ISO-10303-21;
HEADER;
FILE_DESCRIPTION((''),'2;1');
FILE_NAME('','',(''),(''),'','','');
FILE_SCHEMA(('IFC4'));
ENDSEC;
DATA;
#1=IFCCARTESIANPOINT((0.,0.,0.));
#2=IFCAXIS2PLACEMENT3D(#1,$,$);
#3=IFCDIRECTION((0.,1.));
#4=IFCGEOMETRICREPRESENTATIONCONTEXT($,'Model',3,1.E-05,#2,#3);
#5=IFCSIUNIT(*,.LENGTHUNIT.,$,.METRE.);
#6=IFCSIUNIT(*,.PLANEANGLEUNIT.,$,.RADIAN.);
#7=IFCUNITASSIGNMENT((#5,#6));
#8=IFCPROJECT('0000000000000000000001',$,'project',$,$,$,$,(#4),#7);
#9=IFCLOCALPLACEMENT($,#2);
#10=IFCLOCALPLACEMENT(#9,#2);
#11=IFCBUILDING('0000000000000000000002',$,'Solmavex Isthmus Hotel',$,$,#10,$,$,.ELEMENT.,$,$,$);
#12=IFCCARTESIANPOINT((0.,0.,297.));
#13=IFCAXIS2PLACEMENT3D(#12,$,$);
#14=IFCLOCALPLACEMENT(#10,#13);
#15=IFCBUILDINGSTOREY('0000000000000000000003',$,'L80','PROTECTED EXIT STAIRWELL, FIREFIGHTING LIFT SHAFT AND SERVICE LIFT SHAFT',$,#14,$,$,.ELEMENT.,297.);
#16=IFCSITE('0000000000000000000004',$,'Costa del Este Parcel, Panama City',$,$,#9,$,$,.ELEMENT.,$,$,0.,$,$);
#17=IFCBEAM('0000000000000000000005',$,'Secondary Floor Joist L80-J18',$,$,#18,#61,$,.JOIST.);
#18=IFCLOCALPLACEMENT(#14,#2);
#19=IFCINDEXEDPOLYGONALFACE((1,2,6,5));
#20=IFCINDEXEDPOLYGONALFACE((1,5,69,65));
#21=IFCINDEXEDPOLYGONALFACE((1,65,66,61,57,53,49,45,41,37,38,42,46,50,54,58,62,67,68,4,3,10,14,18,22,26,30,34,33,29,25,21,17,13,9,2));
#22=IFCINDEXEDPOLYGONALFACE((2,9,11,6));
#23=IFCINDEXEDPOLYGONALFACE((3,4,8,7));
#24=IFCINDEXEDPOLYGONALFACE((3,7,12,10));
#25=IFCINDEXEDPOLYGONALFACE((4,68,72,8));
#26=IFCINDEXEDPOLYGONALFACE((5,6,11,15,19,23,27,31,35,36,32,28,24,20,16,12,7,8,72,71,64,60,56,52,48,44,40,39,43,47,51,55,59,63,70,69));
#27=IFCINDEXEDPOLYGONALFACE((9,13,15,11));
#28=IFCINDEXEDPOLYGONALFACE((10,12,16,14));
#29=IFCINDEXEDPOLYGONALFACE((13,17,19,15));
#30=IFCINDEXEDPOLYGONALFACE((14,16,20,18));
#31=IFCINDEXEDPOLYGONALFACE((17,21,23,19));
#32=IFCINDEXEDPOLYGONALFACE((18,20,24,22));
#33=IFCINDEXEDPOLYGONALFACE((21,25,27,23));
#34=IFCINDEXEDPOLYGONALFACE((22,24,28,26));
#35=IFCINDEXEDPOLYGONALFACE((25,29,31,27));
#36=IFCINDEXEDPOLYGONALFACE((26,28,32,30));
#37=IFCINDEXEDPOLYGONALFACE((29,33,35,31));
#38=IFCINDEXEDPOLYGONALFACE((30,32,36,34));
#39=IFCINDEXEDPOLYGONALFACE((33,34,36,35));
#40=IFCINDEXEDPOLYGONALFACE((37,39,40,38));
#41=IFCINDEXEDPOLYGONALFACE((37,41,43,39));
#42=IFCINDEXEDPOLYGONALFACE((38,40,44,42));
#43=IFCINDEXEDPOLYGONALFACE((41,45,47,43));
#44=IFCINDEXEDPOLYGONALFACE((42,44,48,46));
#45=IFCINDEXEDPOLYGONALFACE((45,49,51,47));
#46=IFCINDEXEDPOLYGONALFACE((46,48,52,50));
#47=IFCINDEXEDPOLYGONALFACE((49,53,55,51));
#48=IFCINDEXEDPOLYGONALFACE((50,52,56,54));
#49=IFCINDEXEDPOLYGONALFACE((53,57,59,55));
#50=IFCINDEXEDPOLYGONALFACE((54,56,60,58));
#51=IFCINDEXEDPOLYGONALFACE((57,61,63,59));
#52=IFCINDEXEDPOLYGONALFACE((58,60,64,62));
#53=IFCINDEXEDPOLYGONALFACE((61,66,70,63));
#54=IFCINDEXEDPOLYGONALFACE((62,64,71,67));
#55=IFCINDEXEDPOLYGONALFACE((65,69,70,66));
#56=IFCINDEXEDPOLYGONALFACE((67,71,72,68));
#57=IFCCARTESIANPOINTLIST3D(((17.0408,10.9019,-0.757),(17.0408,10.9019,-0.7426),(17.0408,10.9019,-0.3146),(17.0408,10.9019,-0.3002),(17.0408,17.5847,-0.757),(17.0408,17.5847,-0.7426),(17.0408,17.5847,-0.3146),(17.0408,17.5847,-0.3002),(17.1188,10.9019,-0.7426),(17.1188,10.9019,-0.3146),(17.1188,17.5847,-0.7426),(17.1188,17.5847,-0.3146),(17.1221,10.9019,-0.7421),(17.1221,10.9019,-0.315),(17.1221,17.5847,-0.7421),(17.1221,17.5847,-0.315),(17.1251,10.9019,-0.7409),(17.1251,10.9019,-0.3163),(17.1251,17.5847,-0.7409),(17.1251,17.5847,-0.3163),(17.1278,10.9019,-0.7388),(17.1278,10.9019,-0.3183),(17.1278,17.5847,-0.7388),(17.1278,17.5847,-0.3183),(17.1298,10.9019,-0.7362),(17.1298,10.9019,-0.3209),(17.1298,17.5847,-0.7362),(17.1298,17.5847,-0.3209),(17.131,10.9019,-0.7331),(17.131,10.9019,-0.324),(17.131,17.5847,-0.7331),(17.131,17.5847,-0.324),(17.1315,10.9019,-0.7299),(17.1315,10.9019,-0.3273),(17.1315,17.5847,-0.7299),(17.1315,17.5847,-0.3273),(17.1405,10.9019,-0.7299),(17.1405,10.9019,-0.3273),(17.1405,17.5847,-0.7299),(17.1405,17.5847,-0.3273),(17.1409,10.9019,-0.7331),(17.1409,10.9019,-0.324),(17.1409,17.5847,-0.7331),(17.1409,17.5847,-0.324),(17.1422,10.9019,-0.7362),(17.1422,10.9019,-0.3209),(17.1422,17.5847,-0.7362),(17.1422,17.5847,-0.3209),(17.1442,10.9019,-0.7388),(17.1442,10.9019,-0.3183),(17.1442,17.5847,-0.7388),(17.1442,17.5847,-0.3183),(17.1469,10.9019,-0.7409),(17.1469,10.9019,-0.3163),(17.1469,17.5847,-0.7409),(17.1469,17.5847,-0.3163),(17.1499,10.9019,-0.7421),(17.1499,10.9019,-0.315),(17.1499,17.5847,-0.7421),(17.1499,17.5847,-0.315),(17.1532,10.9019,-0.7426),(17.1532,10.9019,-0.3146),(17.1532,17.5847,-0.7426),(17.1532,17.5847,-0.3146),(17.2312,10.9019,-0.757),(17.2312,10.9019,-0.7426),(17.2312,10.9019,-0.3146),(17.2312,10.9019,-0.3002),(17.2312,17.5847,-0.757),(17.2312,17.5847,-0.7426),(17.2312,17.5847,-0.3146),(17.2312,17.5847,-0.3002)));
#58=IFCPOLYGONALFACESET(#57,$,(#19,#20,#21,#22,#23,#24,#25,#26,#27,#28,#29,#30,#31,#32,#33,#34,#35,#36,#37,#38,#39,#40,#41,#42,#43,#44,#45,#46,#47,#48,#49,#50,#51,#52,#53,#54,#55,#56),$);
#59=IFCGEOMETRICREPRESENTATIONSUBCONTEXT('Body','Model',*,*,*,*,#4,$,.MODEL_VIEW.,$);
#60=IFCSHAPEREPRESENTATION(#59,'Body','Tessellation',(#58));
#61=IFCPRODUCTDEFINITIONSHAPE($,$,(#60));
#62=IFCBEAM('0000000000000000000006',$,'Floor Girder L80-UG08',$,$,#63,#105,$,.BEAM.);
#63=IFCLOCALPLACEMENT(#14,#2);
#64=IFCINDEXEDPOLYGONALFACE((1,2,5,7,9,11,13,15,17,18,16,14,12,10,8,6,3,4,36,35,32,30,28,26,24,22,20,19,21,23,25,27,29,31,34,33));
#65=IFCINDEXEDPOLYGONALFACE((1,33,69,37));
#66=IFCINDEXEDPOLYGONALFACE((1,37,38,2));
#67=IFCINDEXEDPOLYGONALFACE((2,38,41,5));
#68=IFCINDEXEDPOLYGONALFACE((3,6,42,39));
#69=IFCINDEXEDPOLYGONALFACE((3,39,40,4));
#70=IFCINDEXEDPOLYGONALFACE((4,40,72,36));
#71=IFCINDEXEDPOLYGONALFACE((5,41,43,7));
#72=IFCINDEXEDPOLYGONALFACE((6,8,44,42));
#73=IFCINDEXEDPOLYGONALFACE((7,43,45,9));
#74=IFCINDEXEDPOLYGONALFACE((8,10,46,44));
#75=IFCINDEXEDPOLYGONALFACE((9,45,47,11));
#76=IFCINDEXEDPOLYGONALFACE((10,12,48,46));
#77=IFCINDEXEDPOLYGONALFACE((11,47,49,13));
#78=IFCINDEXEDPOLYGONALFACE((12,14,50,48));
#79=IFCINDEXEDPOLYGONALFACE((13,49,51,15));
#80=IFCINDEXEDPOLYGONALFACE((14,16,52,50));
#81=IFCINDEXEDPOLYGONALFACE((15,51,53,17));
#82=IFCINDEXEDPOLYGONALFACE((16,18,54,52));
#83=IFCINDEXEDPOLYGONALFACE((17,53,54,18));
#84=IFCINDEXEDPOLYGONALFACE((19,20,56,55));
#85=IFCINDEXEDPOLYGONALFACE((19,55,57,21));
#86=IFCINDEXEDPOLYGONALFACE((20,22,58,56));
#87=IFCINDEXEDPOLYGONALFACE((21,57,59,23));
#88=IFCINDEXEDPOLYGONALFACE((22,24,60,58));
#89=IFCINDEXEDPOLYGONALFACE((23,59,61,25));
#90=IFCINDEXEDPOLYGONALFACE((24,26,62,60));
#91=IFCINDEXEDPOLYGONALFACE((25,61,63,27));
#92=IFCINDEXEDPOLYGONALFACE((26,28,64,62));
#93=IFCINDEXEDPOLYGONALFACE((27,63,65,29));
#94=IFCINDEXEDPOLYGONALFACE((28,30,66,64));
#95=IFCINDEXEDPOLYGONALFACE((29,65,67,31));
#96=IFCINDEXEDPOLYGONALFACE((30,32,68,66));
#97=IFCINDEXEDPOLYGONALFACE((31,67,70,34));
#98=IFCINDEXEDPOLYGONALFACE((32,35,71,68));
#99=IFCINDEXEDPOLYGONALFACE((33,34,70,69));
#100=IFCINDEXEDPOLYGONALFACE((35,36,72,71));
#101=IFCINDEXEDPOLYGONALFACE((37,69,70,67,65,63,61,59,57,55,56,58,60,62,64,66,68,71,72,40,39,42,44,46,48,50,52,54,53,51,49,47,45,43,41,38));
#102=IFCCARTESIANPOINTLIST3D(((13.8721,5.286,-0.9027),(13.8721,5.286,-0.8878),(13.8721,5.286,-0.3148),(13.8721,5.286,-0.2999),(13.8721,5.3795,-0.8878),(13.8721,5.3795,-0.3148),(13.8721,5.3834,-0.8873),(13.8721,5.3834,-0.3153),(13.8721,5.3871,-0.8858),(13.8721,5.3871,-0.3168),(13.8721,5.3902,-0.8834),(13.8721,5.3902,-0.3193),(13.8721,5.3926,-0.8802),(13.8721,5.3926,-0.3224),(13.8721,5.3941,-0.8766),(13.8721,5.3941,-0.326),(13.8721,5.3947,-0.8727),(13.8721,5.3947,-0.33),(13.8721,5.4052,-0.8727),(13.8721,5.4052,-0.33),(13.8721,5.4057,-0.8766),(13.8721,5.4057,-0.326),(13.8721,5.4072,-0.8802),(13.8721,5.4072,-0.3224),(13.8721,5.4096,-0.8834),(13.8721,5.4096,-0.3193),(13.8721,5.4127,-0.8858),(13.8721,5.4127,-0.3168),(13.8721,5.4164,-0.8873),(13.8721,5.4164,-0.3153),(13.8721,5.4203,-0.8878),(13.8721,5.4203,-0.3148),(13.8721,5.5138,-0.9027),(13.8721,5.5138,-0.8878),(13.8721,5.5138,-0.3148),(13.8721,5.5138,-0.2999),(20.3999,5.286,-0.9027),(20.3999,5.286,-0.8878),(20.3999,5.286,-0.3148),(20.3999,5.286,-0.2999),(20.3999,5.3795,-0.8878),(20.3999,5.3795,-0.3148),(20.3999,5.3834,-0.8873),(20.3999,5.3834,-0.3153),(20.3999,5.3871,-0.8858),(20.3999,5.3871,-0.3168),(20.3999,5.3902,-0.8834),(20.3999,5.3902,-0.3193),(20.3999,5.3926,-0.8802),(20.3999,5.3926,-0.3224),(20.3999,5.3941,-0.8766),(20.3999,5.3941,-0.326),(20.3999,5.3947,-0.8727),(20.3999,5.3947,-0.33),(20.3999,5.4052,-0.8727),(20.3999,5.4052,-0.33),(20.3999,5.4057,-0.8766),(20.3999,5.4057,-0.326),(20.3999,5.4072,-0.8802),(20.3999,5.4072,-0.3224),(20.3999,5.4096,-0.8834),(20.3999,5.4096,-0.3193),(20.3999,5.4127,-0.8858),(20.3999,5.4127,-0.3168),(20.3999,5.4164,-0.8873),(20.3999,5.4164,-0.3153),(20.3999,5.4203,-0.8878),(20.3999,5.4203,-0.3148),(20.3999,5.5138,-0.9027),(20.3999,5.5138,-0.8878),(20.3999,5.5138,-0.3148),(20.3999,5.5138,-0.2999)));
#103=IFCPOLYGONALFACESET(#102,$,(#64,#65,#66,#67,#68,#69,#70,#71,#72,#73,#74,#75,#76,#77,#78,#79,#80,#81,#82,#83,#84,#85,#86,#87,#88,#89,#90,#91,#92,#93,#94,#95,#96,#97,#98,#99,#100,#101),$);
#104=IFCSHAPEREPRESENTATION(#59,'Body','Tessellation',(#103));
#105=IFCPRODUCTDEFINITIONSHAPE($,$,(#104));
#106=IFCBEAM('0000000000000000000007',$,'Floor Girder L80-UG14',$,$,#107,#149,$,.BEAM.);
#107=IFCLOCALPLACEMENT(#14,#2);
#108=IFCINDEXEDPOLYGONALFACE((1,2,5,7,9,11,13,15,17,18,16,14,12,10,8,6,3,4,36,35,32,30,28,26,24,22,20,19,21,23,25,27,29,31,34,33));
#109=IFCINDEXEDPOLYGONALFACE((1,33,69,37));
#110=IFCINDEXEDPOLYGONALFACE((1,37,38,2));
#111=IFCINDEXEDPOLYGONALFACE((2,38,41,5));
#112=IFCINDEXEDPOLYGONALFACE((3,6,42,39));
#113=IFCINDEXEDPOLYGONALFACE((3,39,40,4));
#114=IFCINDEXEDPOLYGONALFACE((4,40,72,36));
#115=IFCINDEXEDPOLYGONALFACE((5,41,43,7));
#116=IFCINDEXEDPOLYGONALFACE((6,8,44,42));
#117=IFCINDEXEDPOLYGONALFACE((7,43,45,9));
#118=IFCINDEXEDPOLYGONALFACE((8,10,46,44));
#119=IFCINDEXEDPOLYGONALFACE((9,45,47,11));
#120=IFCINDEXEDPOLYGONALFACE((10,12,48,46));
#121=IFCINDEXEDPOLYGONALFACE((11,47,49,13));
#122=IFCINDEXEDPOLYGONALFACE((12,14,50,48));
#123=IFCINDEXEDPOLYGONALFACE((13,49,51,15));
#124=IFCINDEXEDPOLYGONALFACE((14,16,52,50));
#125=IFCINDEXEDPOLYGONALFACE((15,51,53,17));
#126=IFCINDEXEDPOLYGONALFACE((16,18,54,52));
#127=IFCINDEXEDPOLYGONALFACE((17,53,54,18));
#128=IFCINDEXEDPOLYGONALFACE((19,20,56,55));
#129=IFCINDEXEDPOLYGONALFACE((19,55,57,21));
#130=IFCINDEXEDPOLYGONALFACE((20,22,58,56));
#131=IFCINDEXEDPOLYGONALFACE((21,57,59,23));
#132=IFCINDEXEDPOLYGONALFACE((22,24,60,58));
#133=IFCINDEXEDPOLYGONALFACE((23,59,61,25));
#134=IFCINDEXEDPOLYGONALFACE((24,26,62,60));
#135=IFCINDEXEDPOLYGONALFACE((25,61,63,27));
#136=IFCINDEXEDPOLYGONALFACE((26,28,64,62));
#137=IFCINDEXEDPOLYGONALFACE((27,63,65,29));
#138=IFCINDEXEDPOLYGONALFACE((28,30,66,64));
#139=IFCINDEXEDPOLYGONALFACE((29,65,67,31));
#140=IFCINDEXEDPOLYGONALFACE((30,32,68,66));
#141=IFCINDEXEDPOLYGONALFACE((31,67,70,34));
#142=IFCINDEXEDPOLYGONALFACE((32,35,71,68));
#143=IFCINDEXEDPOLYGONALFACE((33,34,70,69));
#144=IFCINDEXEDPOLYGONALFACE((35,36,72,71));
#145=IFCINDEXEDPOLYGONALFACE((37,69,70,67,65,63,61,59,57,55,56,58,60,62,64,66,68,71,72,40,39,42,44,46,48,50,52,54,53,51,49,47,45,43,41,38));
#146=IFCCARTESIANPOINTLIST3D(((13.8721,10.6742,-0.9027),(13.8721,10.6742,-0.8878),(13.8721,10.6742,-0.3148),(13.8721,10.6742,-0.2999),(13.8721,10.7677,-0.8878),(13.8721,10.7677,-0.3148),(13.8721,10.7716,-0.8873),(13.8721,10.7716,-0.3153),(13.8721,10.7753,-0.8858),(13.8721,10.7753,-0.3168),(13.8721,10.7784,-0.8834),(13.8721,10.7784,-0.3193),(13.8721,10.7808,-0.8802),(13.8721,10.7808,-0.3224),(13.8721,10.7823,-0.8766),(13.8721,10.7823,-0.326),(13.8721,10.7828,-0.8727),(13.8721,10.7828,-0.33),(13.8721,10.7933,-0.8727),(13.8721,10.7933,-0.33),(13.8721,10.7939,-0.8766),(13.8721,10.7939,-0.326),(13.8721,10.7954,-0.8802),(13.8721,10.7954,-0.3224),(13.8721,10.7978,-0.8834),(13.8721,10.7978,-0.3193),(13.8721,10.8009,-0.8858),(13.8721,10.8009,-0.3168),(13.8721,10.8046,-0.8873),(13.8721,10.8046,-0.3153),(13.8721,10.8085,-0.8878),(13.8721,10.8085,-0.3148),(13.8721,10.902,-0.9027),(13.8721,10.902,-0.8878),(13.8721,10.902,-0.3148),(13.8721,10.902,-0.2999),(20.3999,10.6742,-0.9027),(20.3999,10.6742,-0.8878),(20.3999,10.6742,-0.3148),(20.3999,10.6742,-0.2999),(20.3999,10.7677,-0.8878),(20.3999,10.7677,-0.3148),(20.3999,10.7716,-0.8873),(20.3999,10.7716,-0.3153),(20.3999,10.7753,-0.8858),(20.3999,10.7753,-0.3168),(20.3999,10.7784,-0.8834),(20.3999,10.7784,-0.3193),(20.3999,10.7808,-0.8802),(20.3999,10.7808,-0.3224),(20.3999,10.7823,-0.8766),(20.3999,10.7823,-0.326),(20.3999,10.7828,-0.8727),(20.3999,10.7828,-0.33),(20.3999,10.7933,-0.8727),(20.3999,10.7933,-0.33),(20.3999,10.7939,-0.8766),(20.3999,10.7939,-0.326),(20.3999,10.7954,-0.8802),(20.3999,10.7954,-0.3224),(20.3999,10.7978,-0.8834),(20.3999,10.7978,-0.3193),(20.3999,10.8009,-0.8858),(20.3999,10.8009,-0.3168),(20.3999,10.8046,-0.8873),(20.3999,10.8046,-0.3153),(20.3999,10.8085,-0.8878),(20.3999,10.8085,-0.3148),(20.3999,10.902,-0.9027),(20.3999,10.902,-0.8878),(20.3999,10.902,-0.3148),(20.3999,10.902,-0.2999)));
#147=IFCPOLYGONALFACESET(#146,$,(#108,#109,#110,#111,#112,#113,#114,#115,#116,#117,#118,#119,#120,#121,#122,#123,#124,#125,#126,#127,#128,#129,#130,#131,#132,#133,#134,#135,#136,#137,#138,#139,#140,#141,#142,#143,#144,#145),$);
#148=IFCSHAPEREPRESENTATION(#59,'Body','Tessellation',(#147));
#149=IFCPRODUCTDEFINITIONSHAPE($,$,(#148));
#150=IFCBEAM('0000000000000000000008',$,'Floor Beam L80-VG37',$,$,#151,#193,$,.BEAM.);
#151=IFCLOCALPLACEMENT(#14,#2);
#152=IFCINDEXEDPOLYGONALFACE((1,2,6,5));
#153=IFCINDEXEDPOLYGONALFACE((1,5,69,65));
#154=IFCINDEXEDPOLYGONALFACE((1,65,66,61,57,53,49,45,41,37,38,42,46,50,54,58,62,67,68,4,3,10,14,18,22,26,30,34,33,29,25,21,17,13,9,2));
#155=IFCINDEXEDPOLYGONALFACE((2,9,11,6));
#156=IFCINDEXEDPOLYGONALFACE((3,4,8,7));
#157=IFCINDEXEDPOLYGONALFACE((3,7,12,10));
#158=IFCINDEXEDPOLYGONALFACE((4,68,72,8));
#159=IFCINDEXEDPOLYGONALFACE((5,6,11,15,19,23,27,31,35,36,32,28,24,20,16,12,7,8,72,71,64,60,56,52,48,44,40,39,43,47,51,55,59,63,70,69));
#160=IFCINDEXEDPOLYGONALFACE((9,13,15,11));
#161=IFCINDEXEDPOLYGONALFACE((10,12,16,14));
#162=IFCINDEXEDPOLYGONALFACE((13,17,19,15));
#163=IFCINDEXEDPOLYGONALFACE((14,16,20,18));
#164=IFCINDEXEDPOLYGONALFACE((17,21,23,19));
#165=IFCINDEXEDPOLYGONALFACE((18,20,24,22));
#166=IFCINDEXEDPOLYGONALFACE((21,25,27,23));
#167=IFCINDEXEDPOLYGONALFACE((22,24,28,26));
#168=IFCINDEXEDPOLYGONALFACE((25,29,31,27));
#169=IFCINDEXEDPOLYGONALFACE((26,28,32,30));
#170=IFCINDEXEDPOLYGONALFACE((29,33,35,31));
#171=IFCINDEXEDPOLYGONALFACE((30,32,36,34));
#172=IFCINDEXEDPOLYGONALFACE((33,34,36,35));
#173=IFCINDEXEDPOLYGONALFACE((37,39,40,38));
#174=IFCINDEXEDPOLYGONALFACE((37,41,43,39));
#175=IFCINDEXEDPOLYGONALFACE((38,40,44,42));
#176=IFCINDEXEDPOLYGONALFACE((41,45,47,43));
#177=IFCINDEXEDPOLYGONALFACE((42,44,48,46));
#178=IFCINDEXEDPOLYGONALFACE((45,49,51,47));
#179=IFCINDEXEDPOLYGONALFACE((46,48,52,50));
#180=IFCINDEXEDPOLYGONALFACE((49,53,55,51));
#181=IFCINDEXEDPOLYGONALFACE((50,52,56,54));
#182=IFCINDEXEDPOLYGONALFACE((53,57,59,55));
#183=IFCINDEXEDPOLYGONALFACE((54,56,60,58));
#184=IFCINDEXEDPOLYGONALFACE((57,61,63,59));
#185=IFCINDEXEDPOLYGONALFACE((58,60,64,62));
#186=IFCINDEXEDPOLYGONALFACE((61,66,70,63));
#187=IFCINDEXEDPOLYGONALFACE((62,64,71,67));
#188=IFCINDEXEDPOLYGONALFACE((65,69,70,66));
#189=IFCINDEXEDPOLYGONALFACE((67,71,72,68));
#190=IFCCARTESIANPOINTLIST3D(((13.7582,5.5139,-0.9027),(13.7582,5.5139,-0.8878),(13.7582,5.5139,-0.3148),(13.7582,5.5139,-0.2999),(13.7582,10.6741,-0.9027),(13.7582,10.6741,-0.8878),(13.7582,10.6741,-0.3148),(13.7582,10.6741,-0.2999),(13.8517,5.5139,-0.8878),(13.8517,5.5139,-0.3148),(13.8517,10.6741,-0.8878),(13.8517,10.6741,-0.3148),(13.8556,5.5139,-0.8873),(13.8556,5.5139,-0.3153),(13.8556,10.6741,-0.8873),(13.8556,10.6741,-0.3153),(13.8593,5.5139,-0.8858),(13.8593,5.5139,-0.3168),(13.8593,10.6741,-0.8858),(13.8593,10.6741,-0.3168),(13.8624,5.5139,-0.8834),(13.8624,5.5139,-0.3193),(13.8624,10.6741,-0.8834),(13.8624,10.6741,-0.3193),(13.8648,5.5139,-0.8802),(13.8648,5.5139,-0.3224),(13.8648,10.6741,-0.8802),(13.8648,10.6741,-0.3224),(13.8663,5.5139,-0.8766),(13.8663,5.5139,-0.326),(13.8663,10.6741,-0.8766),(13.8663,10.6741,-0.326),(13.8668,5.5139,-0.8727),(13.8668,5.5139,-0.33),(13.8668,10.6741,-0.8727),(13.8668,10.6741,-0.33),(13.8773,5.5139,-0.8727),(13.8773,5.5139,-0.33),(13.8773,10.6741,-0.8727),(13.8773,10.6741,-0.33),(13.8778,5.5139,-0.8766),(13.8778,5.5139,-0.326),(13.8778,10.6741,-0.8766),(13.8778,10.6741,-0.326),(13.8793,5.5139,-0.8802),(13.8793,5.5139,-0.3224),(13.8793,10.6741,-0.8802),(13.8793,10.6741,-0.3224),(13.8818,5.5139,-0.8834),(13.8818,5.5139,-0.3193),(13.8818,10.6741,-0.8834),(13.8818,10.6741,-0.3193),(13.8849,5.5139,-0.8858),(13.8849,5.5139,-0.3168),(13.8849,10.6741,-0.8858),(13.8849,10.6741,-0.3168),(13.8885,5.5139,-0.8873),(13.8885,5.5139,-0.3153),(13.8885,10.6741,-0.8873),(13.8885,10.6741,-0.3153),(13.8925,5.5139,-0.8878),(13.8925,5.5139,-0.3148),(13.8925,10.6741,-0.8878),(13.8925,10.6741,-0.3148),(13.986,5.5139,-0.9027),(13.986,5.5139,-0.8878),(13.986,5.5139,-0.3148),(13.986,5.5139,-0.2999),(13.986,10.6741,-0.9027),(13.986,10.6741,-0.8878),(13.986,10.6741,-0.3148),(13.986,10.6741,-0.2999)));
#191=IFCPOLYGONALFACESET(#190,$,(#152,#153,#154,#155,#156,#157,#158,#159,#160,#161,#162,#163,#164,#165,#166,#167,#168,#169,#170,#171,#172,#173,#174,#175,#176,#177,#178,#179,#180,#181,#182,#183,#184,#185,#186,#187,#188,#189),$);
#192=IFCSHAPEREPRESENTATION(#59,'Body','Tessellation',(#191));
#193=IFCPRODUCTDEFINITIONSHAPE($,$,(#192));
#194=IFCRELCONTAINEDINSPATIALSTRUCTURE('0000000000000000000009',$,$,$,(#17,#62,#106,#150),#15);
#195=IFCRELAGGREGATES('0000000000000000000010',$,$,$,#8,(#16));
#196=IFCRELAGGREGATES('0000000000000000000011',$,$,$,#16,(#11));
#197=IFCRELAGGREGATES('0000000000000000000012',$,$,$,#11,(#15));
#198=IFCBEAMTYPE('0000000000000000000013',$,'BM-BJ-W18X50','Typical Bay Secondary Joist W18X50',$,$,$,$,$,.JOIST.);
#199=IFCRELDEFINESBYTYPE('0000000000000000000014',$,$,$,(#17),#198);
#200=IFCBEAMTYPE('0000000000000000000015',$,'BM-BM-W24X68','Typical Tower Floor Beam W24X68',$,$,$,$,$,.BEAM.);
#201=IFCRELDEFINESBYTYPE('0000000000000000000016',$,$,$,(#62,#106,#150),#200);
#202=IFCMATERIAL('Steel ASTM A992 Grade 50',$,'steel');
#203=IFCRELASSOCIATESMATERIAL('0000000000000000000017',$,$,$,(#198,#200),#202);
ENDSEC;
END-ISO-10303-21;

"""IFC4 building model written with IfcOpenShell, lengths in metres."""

from ifc_helpers import new_model, si_unit, direction, frame, origin, origin_2d, place, context, subcontext, project, spatial, i_section, extrude, material, material_profile, profile_set, type_object, element, save


model = new_model("IFC4")

# Units and contexts
model_context = context("Model", 3, precision=1e-05, world=origin(), true_north=direction((0.0, 1.0)))
body_context = subcontext(model_context, "Body", "Model", "MODEL_VIEW")
ifc_project = project(units=[si_unit("LENGTHUNIT", "METRE"), si_unit("PLANEANGLEUNIT", "RADIAN")], contexts=[model_context])

# Site, building, storey
site_placement = place(None, origin())
site = spatial("IfcSite", under=ifc_project, at=site_placement, Name="Costa del Este Parcel, Panama City", CompositionType="ELEMENT", RefElevation=0.0)
building_placement = place(site_placement, origin())
building = spatial("IfcBuilding", under=site, at=building_placement, Name="Solmavex Isthmus Hotel", CompositionType="ELEMENT")
storey_placement = place(building_placement, frame((0.0, 0.0, 297.0)))
storey = spatial("IfcBuildingStorey", under=building, at=storey_placement, Name="L80", Description="PROTECTED EXIT STAIRWELL, FIREFIGHTING LIFT SHAFT AND SERVICE LIFT SHAFT", CompositionType="ELEMENT", Elevation=297.0)

# Beams
ifc_material_1 = material(Name="Steel ASTM A992 Grade 50", Category="steel")
ifc_material_profile_1 = material_profile(ifc_material_1, i_section(OverallWidth=0.1904, OverallDepth=0.4568, WebThickness=0.009, FlangeThickness=0.0144, FilletRadius=0.0127, at=origin_2d()), Name="W18X50")
ifc_profile_set_1 = profile_set([ifc_material_profile_1], Name="Steel ASTM A992 Grade 50")
beam_type_1 = type_object("IfcBeamType", Name="BM-BJ-W18X50", Description="Typical Bay Secondary Joist W18X50", PredefinedType="JOIST", material=ifc_profile_set_1)
beam_1_placement = place(storey_placement, frame((17.136, 10.9019, -0.5286), z_axis=(0.0, 1.0, 0.0), x_axis=(-1.0, 0.0, 0.0)))
element("IfcBeam", 1, at=beam_1_placement, inside=storey, type_object=beam_type_1, Name="Secondary Floor Joist L80-J18", PredefinedType="JOIST", context=body_context, shape_type="SweptSolid", body=[
    extrude(i_section(OverallWidth=0.1904, OverallDepth=0.4568, WebThickness=0.009, FlangeThickness=0.0144, FilletRadius=0.0127, at=origin_2d()), origin(), (0.0, 0.0, 1.0), 6.6829),
])
ifc_material_profile_2 = material_profile(ifc_material_1, i_section(OverallWidth=0.2278, OverallDepth=0.6028, WebThickness=0.0105, FlangeThickness=0.0149, FilletRadius=0.0151, at=origin_2d()), Name="W24X68")
ifc_profile_set_2 = profile_set([ifc_material_profile_2], Name="Steel ASTM A992 Grade 50")
beam_type_2 = type_object("IfcBeamType", Name="BM-BM-W24X68", Description="Typical Tower Floor Beam W24X68", PredefinedType="BEAM", material=ifc_profile_set_2)
for number, where, z_axis, x_axis, name in (
    (2, (13.8721, 5.3999, -0.6013), (1.0, 0.0, 0.0), (0.0, 1.0, 0.0), "Floor Girder L80-UG08"),
    (3, (13.8721, 10.7881, -0.6013), (1.0, 0.0, 0.0), (0.0, 1.0, 0.0), "Floor Girder L80-UG14"),
):
    element("IfcBeam", number, at=place(storey_placement, frame(where, z_axis=z_axis, x_axis=x_axis)), inside=storey, type_object=beam_type_2, Name=name, PredefinedType="BEAM", context=body_context, shape_type="SweptSolid", body=[
        extrude(i_section(OverallWidth=0.2278, OverallDepth=0.6028, WebThickness=0.0105, FlangeThickness=0.0149, FilletRadius=0.0151, at=origin_2d()), origin(), (0.0, 0.0, 1.0), 6.5278),
    ])
beam_2_placement = place(storey_placement, frame((13.8721, 5.5139, -0.6013), z_axis=(0.0, 1.0, 0.0), x_axis=(-1.0, 0.0, 0.0)))
element("IfcBeam", 4, at=beam_2_placement, inside=storey, type_object=beam_type_2, Name="Floor Beam L80-VG37", PredefinedType="BEAM", context=body_context, shape_type="SweptSolid", body=[
    extrude(i_section(OverallWidth=0.2278, OverallDepth=0.6028, WebThickness=0.0105, FlangeThickness=0.0149, FilletRadius=0.0151, at=origin_2d()), origin(), (0.0, 0.0, 1.0), 5.1602),
])

save(model, "model.ifc")
